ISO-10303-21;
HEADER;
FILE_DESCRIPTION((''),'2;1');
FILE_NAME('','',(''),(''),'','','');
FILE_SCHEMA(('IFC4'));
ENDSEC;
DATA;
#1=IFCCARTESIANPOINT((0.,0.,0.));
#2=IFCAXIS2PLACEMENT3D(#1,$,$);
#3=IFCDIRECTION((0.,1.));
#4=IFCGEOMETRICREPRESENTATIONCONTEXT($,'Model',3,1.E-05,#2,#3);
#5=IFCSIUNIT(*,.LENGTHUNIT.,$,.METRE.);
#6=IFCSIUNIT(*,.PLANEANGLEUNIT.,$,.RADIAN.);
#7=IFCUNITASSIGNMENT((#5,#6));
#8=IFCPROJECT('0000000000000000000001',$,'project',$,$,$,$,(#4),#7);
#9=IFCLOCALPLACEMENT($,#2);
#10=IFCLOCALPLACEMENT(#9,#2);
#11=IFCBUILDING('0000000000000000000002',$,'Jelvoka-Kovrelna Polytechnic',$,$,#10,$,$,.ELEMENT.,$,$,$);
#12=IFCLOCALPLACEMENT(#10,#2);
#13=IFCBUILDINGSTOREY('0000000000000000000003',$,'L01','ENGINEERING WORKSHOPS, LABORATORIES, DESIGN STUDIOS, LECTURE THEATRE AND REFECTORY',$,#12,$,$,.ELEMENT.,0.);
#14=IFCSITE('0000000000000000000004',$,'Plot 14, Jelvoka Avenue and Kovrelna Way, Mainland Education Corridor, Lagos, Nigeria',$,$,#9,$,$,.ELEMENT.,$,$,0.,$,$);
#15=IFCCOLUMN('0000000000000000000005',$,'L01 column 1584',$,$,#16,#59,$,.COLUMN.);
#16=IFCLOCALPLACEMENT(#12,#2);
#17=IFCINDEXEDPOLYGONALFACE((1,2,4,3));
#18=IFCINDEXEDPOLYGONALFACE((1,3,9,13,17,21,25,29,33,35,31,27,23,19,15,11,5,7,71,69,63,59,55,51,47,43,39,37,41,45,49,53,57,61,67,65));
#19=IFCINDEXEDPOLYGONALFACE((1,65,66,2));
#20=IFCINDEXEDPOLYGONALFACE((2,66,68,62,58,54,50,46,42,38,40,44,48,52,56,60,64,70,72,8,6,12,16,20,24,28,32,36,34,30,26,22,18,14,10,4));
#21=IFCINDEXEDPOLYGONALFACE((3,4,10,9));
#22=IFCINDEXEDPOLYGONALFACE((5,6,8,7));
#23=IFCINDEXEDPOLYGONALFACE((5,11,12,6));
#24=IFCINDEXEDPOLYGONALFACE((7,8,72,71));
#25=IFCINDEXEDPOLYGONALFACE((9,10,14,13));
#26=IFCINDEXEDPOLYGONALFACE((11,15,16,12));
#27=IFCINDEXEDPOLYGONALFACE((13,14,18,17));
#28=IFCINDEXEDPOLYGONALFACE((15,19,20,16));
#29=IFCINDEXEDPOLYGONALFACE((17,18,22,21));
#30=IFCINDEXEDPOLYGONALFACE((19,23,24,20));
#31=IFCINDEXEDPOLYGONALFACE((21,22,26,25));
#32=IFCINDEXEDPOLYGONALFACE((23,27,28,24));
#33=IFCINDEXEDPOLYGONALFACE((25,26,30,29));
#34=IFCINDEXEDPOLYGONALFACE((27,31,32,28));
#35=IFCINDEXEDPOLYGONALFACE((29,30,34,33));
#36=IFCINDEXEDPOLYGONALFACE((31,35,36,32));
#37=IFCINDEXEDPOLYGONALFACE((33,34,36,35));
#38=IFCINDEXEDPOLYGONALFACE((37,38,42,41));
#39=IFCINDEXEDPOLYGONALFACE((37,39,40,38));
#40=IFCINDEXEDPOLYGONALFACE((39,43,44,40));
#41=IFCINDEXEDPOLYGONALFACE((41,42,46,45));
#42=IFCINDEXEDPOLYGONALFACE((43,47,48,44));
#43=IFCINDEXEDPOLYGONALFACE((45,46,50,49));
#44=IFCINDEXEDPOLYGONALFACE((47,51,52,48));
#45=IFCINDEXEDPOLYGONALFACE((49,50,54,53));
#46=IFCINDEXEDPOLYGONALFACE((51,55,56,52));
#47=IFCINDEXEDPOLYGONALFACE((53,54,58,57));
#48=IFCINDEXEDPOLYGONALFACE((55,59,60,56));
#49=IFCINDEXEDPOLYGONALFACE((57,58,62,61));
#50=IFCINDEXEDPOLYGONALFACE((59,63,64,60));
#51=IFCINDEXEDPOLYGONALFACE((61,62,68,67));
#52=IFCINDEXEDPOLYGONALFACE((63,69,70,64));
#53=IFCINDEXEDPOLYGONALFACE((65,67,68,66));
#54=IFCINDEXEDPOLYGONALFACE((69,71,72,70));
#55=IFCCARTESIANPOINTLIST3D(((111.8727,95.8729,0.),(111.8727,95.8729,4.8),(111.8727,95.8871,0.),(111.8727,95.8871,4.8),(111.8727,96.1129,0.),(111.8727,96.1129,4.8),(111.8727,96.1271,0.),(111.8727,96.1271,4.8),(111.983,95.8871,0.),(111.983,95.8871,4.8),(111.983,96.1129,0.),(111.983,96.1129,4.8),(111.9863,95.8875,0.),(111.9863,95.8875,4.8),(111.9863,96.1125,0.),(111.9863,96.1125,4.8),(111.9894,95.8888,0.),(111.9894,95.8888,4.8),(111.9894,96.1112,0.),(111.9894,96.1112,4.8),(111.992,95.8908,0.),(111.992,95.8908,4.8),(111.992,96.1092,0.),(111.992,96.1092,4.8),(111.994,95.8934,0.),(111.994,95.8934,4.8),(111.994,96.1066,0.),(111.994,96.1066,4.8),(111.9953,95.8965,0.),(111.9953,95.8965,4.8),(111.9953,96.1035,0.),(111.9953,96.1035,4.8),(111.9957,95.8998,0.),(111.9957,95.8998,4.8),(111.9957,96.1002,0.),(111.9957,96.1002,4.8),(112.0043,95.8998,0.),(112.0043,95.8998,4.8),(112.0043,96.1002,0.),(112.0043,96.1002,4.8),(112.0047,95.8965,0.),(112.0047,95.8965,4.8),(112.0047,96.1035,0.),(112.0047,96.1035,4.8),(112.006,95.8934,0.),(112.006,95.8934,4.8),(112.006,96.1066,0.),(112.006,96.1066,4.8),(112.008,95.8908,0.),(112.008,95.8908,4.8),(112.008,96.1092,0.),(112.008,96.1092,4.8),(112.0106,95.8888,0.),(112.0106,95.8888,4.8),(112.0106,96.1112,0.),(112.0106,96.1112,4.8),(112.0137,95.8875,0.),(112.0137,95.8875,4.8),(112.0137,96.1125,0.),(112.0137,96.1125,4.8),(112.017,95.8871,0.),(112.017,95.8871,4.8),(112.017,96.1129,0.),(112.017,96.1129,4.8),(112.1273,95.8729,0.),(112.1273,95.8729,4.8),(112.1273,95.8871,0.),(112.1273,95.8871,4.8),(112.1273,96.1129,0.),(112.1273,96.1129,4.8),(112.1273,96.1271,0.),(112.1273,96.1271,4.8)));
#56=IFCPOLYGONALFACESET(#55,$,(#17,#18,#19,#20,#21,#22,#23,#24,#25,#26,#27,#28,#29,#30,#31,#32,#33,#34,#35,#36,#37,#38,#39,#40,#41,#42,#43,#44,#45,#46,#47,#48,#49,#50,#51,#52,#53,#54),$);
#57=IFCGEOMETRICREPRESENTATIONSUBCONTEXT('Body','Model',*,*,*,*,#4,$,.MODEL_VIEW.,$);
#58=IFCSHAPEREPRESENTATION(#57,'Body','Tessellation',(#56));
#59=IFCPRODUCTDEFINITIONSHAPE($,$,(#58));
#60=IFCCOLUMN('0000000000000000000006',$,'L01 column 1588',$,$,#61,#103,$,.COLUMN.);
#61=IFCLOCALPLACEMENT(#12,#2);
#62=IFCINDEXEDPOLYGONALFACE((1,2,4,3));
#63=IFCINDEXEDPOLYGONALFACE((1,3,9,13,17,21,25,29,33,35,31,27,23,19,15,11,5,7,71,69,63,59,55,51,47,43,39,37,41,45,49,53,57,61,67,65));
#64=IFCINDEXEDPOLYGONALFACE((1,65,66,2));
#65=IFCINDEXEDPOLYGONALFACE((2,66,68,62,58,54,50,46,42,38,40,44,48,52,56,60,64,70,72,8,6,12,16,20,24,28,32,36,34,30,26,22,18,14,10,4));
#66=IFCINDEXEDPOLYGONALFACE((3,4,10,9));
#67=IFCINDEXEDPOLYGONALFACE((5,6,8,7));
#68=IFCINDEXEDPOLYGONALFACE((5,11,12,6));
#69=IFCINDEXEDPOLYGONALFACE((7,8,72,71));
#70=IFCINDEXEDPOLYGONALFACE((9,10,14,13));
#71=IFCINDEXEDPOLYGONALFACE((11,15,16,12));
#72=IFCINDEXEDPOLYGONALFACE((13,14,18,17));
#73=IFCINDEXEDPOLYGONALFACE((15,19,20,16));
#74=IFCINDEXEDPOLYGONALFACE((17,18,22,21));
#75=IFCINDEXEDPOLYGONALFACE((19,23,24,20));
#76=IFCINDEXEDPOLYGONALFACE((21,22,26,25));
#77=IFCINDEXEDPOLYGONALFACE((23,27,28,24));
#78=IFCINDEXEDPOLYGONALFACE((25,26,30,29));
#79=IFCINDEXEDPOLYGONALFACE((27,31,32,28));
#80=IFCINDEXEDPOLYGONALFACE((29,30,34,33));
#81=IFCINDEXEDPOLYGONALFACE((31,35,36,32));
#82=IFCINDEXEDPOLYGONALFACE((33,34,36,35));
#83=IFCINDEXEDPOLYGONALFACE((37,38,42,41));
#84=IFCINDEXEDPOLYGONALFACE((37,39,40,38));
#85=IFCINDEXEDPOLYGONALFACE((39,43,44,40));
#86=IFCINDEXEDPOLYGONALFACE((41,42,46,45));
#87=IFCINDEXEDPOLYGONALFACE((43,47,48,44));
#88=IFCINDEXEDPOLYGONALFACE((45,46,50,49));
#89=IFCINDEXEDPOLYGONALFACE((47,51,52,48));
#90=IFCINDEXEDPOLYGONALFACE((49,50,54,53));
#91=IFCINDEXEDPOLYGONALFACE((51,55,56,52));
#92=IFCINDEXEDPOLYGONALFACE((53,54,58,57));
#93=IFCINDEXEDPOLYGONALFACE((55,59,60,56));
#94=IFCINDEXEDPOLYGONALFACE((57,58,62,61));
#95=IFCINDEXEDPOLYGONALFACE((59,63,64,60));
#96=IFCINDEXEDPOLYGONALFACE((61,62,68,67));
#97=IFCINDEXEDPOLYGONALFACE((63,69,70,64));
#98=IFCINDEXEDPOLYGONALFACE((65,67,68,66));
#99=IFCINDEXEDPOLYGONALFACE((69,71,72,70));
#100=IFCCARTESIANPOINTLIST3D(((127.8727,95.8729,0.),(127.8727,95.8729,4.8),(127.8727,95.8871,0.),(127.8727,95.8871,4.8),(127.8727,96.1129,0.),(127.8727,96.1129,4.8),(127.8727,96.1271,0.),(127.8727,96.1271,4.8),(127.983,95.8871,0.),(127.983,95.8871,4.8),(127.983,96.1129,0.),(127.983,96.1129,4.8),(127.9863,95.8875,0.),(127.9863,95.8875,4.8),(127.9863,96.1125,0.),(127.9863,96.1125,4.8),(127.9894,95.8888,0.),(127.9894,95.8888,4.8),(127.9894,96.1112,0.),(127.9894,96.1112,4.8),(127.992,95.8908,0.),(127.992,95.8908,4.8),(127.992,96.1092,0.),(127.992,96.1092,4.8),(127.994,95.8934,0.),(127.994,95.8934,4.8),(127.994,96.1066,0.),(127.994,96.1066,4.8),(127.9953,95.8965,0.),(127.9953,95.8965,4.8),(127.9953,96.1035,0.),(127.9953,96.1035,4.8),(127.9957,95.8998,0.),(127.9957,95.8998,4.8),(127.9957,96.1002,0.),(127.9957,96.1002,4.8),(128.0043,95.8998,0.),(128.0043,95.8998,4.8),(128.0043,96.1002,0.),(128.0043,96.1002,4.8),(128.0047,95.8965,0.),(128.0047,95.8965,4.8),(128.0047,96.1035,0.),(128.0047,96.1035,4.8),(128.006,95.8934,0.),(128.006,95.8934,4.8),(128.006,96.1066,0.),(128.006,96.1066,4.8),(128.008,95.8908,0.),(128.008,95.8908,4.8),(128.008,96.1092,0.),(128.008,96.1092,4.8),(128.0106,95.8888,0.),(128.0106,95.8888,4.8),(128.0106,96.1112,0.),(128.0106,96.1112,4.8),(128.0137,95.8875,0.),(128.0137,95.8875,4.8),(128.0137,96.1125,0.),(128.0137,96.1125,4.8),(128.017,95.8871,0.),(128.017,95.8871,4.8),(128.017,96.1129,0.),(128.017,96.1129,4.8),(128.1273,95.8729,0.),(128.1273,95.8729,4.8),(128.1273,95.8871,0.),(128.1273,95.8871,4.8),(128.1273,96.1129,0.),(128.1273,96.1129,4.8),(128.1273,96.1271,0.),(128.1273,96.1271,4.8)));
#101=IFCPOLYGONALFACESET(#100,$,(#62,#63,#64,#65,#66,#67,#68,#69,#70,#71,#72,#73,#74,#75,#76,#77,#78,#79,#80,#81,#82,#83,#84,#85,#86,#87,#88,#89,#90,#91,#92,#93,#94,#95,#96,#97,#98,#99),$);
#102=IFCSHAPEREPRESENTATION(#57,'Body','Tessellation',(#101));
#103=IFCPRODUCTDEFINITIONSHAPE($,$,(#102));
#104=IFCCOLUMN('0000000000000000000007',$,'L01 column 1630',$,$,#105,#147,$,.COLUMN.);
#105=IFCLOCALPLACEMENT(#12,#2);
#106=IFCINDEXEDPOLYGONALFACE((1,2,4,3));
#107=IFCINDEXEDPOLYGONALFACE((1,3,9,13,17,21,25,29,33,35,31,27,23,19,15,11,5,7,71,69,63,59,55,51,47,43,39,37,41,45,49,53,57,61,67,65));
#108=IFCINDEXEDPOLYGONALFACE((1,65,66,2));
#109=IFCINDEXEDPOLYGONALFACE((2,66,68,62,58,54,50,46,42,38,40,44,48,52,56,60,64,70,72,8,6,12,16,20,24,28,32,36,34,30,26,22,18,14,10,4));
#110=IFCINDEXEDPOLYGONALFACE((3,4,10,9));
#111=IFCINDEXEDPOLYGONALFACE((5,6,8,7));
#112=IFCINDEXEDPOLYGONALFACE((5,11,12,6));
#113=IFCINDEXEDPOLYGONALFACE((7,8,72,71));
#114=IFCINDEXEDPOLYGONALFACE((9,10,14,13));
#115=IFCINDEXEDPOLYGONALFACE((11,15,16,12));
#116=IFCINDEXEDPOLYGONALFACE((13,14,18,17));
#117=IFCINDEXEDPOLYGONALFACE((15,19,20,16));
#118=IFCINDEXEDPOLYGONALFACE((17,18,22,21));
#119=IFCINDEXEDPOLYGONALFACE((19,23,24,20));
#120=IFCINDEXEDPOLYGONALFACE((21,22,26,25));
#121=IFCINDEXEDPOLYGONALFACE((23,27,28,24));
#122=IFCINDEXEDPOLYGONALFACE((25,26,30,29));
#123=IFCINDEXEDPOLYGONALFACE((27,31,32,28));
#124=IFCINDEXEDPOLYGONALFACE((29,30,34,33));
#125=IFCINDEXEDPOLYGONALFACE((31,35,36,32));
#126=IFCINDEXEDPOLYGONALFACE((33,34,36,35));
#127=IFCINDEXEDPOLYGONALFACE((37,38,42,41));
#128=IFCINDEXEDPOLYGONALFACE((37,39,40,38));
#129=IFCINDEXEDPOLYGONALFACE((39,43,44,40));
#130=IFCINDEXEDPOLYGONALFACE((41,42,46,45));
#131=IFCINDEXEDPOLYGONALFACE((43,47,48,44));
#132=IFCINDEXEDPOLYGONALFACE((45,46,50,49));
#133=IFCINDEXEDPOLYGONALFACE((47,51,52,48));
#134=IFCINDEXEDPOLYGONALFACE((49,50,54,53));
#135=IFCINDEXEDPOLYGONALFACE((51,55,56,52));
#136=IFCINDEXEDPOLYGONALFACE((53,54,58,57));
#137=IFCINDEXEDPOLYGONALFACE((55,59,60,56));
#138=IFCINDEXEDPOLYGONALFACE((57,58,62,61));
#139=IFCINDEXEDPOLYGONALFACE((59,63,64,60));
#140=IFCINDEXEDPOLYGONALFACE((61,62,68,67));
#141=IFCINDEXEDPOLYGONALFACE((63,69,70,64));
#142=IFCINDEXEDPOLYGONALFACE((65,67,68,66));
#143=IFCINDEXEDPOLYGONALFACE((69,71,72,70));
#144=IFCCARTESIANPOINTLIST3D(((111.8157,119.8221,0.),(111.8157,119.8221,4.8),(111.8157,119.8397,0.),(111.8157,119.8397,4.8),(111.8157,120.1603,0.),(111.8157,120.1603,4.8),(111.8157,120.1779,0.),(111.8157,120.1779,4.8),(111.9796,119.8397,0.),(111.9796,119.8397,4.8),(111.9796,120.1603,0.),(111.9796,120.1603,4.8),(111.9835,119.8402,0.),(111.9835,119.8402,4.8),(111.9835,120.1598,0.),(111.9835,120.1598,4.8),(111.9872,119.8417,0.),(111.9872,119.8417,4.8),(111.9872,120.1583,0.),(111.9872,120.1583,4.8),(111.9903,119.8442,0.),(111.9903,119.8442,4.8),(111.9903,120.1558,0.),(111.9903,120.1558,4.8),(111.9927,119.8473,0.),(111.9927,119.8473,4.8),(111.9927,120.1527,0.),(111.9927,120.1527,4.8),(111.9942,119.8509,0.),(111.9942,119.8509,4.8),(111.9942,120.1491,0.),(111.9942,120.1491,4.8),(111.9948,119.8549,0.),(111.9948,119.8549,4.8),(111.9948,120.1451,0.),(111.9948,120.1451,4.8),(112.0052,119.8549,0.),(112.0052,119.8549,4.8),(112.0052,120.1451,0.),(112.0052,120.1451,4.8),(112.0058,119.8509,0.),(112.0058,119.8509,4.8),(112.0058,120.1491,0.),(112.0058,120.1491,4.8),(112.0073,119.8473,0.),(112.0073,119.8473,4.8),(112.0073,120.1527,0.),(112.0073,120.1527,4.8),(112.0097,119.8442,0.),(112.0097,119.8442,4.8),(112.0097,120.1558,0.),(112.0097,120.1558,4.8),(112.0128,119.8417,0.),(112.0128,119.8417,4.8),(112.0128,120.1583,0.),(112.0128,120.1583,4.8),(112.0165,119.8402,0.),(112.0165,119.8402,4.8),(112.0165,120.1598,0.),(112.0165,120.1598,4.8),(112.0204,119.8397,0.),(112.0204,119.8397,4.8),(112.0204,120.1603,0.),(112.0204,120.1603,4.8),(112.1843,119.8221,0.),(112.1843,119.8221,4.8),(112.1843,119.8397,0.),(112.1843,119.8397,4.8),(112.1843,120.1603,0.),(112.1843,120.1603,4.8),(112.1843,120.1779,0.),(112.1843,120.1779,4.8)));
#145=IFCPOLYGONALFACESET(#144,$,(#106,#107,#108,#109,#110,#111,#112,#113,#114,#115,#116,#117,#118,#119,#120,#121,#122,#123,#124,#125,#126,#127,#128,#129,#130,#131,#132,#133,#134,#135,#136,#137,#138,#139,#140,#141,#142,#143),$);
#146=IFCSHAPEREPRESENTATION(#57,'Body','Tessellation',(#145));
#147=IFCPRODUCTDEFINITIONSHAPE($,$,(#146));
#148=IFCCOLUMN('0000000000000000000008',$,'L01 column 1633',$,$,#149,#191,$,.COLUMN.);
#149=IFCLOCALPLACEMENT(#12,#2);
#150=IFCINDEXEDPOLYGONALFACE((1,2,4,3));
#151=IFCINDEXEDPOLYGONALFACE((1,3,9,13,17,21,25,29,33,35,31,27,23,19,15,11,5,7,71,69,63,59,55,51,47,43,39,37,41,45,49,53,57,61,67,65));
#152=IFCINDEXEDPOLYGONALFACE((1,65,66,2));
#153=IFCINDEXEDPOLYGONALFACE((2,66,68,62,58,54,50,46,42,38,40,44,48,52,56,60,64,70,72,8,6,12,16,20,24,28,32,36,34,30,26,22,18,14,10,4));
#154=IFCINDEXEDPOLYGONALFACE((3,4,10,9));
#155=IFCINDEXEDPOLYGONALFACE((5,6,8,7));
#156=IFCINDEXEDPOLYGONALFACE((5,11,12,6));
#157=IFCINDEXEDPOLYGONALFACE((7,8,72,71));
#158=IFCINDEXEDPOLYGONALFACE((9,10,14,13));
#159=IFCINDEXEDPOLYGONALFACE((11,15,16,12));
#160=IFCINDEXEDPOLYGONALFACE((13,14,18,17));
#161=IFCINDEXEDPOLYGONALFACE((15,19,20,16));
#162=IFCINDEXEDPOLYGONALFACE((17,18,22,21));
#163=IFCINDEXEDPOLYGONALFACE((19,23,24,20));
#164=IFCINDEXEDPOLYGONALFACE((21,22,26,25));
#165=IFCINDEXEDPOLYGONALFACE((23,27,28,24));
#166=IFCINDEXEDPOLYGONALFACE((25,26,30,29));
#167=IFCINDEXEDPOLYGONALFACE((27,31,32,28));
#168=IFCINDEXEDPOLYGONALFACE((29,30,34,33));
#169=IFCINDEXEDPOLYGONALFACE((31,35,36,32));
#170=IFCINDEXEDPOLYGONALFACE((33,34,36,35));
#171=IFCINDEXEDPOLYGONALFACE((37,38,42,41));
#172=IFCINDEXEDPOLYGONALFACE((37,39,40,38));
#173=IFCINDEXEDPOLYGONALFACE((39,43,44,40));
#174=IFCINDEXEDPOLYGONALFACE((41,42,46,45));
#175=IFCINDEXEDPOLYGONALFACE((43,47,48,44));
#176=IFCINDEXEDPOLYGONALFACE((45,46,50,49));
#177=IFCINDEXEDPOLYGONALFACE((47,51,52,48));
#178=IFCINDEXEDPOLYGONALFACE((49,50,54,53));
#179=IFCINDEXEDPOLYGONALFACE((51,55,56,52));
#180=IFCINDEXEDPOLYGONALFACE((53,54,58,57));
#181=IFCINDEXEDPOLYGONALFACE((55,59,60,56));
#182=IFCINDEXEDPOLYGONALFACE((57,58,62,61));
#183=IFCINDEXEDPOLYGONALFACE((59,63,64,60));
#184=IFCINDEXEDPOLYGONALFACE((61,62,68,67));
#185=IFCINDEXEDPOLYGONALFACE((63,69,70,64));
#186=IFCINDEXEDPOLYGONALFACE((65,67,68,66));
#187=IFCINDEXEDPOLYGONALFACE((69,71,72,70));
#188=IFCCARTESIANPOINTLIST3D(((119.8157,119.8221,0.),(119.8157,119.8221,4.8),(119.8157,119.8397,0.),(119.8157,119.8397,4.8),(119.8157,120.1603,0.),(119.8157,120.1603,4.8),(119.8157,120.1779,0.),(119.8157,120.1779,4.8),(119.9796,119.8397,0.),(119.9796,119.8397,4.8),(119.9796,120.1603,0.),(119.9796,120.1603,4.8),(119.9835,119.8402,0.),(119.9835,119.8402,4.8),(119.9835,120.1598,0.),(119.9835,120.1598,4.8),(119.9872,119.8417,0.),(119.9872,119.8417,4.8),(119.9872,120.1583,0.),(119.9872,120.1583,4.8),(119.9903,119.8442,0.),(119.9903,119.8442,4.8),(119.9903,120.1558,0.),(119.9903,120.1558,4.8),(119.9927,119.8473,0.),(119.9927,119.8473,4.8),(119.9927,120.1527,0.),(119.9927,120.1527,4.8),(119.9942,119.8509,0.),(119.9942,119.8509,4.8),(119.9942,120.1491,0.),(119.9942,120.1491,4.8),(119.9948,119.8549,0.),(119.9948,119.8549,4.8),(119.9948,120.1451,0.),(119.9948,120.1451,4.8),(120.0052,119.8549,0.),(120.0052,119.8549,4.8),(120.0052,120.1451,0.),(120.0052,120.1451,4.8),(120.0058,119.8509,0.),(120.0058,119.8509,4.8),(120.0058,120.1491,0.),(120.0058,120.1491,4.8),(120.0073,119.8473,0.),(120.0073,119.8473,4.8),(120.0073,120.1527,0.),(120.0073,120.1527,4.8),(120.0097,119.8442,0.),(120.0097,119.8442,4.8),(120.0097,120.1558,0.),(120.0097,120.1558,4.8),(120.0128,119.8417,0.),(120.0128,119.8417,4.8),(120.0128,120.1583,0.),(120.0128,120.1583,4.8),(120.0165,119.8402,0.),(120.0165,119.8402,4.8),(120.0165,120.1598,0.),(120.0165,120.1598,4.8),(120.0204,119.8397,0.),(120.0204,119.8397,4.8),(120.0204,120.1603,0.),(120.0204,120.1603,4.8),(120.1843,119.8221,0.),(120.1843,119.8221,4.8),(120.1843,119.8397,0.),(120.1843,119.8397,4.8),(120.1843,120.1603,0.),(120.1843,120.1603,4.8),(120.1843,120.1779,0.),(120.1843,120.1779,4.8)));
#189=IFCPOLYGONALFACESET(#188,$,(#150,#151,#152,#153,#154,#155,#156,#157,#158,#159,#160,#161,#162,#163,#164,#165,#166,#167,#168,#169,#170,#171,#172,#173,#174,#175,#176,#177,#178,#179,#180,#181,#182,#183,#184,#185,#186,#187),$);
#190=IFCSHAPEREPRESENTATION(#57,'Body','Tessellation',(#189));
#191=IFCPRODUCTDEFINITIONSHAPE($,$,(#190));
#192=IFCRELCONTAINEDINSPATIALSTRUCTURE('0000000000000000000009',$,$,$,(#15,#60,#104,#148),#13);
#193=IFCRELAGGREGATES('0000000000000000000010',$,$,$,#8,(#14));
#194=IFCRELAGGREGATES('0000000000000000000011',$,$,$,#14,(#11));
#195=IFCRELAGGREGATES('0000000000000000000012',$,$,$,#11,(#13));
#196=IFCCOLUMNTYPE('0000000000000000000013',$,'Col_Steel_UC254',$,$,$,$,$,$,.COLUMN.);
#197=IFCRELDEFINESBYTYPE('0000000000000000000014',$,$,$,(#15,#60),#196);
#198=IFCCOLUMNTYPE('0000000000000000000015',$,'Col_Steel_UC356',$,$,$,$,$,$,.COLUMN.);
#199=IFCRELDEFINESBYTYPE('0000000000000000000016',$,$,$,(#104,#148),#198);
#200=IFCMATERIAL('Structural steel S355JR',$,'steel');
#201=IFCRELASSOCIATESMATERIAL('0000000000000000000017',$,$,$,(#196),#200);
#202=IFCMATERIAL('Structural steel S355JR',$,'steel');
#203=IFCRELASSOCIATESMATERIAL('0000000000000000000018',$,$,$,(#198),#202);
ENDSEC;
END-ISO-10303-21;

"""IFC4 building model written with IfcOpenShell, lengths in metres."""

from ifc_helpers import new_model, si_unit, direction, frame, origin, origin_2d, place, context, subcontext, project, spatial, i_section, extrude, material, material_profile, profile_set, type_object, element, save


model = new_model("IFC4")

# Units and contexts
model_context = context("Model", 3, precision=1e-05, world=origin(), true_north=direction((0.0, 1.0)))
body_context = subcontext(model_context, "Body", "Model", "MODEL_VIEW")
ifc_project = project(units=[si_unit("LENGTHUNIT", "METRE"), si_unit("PLANEANGLEUNIT", "RADIAN")], contexts=[model_context])

# Site, building, storey
site_placement = place(None, origin())
site = spatial("IfcSite", under=ifc_project, at=site_placement, Name="Plot 14, Jelvoka Avenue and Kovrelna Way, Mainland Education Corridor, Lagos, Nigeria", CompositionType="ELEMENT", RefElevation=0.0)
building_placement = place(site_placement, origin())
building = spatial("IfcBuilding", under=site, at=building_placement, Name="Jelvoka-Kovrelna Polytechnic", CompositionType="ELEMENT")
storey_placement = place(building_placement, origin())
storey = spatial("IfcBuildingStorey", under=building, at=storey_placement, Name="L01", Description="ENGINEERING WORKSHOPS, LABORATORIES, DESIGN STUDIOS, LECTURE THEATRE AND REFECTORY", CompositionType="ELEMENT", Elevation=0.0)

# Columns
ifc_material_1 = material(Name="Structural steel S355JR", Category="steel")
ifc_material_profile_1 = material_profile(ifc_material_1, i_section(OverallWidth=0.2546, OverallDepth=0.2542, WebThickness=0.0085, FlangeThickness=0.0142, FilletRadius=0.0127, at=origin_2d()), Name="254x254x73 UC")
ifc_profile_set_1 = profile_set([ifc_material_profile_1], Name="Structural steel S355JR")
column_type_1 = type_object("IfcColumnType", Name="Col_Steel_UC254", PredefinedType="COLUMN", material=ifc_profile_set_1)
for number, where, z_axis, x_axis, name in (
    (1, (112.0, 96.0, 0.0), (0.0, 0.0, 1.0), (1.0, 0.0, 0.0), "L01 column 1584"),
    (2, (128.0, 96.0, 0.0), (0.0, 0.0, 1.0), (1.0, 0.0, 0.0), "L01 column 1588"),
):
    element("IfcColumn", number, at=place(storey_placement, frame(where, z_axis=z_axis, x_axis=x_axis)), inside=storey, type_object=column_type_1, Name=name, PredefinedType="COLUMN", context=body_context, shape_type="SweptSolid", body=[
        extrude(i_section(OverallWidth=0.2546, OverallDepth=0.2542, WebThickness=0.0085, FlangeThickness=0.0142, FilletRadius=0.0127, at=origin_2d()), origin(), (0.0, 0.0, 1.0), 4.8),
    ])
ifc_material_2 = material(Name="Structural steel S355JR", Category="steel")
ifc_material_profile_2 = material_profile(ifc_material_2, i_section(OverallWidth=0.3687, OverallDepth=0.3557, WebThickness=0.0105, FlangeThickness=0.0176, FilletRadius=0.0151, at=origin_2d()), Name="356x368x129 UC")
ifc_profile_set_2 = profile_set([ifc_material_profile_2], Name="Structural steel S355JR")
column_type_2 = type_object("IfcColumnType", Name="Col_Steel_UC356", PredefinedType="COLUMN", material=ifc_profile_set_2)
for number, where, z_axis, x_axis, name in (
    (3, (112.0, 120.0, 0.0), (0.0, 0.0, 1.0), (1.0, 0.0, 0.0), "L01 column 1630"),
    (4, (120.0, 120.0, 0.0), (0.0, 0.0, 1.0), (1.0, 0.0, 0.0), "L01 column 1633"),
):
    element("IfcColumn", number, at=place(storey_placement, frame(where, z_axis=z_axis, x_axis=x_axis)), inside=storey, type_object=column_type_2, Name=name, PredefinedType="COLUMN", context=body_context, shape_type="SweptSolid", body=[
        extrude(i_section(OverallWidth=0.3687, OverallDepth=0.3557, WebThickness=0.0105, FlangeThickness=0.0176, FilletRadius=0.0151, at=origin_2d()), origin(), (0.0, 0.0, 1.0), 4.8),
    ])

save(model, "model.ifc")
